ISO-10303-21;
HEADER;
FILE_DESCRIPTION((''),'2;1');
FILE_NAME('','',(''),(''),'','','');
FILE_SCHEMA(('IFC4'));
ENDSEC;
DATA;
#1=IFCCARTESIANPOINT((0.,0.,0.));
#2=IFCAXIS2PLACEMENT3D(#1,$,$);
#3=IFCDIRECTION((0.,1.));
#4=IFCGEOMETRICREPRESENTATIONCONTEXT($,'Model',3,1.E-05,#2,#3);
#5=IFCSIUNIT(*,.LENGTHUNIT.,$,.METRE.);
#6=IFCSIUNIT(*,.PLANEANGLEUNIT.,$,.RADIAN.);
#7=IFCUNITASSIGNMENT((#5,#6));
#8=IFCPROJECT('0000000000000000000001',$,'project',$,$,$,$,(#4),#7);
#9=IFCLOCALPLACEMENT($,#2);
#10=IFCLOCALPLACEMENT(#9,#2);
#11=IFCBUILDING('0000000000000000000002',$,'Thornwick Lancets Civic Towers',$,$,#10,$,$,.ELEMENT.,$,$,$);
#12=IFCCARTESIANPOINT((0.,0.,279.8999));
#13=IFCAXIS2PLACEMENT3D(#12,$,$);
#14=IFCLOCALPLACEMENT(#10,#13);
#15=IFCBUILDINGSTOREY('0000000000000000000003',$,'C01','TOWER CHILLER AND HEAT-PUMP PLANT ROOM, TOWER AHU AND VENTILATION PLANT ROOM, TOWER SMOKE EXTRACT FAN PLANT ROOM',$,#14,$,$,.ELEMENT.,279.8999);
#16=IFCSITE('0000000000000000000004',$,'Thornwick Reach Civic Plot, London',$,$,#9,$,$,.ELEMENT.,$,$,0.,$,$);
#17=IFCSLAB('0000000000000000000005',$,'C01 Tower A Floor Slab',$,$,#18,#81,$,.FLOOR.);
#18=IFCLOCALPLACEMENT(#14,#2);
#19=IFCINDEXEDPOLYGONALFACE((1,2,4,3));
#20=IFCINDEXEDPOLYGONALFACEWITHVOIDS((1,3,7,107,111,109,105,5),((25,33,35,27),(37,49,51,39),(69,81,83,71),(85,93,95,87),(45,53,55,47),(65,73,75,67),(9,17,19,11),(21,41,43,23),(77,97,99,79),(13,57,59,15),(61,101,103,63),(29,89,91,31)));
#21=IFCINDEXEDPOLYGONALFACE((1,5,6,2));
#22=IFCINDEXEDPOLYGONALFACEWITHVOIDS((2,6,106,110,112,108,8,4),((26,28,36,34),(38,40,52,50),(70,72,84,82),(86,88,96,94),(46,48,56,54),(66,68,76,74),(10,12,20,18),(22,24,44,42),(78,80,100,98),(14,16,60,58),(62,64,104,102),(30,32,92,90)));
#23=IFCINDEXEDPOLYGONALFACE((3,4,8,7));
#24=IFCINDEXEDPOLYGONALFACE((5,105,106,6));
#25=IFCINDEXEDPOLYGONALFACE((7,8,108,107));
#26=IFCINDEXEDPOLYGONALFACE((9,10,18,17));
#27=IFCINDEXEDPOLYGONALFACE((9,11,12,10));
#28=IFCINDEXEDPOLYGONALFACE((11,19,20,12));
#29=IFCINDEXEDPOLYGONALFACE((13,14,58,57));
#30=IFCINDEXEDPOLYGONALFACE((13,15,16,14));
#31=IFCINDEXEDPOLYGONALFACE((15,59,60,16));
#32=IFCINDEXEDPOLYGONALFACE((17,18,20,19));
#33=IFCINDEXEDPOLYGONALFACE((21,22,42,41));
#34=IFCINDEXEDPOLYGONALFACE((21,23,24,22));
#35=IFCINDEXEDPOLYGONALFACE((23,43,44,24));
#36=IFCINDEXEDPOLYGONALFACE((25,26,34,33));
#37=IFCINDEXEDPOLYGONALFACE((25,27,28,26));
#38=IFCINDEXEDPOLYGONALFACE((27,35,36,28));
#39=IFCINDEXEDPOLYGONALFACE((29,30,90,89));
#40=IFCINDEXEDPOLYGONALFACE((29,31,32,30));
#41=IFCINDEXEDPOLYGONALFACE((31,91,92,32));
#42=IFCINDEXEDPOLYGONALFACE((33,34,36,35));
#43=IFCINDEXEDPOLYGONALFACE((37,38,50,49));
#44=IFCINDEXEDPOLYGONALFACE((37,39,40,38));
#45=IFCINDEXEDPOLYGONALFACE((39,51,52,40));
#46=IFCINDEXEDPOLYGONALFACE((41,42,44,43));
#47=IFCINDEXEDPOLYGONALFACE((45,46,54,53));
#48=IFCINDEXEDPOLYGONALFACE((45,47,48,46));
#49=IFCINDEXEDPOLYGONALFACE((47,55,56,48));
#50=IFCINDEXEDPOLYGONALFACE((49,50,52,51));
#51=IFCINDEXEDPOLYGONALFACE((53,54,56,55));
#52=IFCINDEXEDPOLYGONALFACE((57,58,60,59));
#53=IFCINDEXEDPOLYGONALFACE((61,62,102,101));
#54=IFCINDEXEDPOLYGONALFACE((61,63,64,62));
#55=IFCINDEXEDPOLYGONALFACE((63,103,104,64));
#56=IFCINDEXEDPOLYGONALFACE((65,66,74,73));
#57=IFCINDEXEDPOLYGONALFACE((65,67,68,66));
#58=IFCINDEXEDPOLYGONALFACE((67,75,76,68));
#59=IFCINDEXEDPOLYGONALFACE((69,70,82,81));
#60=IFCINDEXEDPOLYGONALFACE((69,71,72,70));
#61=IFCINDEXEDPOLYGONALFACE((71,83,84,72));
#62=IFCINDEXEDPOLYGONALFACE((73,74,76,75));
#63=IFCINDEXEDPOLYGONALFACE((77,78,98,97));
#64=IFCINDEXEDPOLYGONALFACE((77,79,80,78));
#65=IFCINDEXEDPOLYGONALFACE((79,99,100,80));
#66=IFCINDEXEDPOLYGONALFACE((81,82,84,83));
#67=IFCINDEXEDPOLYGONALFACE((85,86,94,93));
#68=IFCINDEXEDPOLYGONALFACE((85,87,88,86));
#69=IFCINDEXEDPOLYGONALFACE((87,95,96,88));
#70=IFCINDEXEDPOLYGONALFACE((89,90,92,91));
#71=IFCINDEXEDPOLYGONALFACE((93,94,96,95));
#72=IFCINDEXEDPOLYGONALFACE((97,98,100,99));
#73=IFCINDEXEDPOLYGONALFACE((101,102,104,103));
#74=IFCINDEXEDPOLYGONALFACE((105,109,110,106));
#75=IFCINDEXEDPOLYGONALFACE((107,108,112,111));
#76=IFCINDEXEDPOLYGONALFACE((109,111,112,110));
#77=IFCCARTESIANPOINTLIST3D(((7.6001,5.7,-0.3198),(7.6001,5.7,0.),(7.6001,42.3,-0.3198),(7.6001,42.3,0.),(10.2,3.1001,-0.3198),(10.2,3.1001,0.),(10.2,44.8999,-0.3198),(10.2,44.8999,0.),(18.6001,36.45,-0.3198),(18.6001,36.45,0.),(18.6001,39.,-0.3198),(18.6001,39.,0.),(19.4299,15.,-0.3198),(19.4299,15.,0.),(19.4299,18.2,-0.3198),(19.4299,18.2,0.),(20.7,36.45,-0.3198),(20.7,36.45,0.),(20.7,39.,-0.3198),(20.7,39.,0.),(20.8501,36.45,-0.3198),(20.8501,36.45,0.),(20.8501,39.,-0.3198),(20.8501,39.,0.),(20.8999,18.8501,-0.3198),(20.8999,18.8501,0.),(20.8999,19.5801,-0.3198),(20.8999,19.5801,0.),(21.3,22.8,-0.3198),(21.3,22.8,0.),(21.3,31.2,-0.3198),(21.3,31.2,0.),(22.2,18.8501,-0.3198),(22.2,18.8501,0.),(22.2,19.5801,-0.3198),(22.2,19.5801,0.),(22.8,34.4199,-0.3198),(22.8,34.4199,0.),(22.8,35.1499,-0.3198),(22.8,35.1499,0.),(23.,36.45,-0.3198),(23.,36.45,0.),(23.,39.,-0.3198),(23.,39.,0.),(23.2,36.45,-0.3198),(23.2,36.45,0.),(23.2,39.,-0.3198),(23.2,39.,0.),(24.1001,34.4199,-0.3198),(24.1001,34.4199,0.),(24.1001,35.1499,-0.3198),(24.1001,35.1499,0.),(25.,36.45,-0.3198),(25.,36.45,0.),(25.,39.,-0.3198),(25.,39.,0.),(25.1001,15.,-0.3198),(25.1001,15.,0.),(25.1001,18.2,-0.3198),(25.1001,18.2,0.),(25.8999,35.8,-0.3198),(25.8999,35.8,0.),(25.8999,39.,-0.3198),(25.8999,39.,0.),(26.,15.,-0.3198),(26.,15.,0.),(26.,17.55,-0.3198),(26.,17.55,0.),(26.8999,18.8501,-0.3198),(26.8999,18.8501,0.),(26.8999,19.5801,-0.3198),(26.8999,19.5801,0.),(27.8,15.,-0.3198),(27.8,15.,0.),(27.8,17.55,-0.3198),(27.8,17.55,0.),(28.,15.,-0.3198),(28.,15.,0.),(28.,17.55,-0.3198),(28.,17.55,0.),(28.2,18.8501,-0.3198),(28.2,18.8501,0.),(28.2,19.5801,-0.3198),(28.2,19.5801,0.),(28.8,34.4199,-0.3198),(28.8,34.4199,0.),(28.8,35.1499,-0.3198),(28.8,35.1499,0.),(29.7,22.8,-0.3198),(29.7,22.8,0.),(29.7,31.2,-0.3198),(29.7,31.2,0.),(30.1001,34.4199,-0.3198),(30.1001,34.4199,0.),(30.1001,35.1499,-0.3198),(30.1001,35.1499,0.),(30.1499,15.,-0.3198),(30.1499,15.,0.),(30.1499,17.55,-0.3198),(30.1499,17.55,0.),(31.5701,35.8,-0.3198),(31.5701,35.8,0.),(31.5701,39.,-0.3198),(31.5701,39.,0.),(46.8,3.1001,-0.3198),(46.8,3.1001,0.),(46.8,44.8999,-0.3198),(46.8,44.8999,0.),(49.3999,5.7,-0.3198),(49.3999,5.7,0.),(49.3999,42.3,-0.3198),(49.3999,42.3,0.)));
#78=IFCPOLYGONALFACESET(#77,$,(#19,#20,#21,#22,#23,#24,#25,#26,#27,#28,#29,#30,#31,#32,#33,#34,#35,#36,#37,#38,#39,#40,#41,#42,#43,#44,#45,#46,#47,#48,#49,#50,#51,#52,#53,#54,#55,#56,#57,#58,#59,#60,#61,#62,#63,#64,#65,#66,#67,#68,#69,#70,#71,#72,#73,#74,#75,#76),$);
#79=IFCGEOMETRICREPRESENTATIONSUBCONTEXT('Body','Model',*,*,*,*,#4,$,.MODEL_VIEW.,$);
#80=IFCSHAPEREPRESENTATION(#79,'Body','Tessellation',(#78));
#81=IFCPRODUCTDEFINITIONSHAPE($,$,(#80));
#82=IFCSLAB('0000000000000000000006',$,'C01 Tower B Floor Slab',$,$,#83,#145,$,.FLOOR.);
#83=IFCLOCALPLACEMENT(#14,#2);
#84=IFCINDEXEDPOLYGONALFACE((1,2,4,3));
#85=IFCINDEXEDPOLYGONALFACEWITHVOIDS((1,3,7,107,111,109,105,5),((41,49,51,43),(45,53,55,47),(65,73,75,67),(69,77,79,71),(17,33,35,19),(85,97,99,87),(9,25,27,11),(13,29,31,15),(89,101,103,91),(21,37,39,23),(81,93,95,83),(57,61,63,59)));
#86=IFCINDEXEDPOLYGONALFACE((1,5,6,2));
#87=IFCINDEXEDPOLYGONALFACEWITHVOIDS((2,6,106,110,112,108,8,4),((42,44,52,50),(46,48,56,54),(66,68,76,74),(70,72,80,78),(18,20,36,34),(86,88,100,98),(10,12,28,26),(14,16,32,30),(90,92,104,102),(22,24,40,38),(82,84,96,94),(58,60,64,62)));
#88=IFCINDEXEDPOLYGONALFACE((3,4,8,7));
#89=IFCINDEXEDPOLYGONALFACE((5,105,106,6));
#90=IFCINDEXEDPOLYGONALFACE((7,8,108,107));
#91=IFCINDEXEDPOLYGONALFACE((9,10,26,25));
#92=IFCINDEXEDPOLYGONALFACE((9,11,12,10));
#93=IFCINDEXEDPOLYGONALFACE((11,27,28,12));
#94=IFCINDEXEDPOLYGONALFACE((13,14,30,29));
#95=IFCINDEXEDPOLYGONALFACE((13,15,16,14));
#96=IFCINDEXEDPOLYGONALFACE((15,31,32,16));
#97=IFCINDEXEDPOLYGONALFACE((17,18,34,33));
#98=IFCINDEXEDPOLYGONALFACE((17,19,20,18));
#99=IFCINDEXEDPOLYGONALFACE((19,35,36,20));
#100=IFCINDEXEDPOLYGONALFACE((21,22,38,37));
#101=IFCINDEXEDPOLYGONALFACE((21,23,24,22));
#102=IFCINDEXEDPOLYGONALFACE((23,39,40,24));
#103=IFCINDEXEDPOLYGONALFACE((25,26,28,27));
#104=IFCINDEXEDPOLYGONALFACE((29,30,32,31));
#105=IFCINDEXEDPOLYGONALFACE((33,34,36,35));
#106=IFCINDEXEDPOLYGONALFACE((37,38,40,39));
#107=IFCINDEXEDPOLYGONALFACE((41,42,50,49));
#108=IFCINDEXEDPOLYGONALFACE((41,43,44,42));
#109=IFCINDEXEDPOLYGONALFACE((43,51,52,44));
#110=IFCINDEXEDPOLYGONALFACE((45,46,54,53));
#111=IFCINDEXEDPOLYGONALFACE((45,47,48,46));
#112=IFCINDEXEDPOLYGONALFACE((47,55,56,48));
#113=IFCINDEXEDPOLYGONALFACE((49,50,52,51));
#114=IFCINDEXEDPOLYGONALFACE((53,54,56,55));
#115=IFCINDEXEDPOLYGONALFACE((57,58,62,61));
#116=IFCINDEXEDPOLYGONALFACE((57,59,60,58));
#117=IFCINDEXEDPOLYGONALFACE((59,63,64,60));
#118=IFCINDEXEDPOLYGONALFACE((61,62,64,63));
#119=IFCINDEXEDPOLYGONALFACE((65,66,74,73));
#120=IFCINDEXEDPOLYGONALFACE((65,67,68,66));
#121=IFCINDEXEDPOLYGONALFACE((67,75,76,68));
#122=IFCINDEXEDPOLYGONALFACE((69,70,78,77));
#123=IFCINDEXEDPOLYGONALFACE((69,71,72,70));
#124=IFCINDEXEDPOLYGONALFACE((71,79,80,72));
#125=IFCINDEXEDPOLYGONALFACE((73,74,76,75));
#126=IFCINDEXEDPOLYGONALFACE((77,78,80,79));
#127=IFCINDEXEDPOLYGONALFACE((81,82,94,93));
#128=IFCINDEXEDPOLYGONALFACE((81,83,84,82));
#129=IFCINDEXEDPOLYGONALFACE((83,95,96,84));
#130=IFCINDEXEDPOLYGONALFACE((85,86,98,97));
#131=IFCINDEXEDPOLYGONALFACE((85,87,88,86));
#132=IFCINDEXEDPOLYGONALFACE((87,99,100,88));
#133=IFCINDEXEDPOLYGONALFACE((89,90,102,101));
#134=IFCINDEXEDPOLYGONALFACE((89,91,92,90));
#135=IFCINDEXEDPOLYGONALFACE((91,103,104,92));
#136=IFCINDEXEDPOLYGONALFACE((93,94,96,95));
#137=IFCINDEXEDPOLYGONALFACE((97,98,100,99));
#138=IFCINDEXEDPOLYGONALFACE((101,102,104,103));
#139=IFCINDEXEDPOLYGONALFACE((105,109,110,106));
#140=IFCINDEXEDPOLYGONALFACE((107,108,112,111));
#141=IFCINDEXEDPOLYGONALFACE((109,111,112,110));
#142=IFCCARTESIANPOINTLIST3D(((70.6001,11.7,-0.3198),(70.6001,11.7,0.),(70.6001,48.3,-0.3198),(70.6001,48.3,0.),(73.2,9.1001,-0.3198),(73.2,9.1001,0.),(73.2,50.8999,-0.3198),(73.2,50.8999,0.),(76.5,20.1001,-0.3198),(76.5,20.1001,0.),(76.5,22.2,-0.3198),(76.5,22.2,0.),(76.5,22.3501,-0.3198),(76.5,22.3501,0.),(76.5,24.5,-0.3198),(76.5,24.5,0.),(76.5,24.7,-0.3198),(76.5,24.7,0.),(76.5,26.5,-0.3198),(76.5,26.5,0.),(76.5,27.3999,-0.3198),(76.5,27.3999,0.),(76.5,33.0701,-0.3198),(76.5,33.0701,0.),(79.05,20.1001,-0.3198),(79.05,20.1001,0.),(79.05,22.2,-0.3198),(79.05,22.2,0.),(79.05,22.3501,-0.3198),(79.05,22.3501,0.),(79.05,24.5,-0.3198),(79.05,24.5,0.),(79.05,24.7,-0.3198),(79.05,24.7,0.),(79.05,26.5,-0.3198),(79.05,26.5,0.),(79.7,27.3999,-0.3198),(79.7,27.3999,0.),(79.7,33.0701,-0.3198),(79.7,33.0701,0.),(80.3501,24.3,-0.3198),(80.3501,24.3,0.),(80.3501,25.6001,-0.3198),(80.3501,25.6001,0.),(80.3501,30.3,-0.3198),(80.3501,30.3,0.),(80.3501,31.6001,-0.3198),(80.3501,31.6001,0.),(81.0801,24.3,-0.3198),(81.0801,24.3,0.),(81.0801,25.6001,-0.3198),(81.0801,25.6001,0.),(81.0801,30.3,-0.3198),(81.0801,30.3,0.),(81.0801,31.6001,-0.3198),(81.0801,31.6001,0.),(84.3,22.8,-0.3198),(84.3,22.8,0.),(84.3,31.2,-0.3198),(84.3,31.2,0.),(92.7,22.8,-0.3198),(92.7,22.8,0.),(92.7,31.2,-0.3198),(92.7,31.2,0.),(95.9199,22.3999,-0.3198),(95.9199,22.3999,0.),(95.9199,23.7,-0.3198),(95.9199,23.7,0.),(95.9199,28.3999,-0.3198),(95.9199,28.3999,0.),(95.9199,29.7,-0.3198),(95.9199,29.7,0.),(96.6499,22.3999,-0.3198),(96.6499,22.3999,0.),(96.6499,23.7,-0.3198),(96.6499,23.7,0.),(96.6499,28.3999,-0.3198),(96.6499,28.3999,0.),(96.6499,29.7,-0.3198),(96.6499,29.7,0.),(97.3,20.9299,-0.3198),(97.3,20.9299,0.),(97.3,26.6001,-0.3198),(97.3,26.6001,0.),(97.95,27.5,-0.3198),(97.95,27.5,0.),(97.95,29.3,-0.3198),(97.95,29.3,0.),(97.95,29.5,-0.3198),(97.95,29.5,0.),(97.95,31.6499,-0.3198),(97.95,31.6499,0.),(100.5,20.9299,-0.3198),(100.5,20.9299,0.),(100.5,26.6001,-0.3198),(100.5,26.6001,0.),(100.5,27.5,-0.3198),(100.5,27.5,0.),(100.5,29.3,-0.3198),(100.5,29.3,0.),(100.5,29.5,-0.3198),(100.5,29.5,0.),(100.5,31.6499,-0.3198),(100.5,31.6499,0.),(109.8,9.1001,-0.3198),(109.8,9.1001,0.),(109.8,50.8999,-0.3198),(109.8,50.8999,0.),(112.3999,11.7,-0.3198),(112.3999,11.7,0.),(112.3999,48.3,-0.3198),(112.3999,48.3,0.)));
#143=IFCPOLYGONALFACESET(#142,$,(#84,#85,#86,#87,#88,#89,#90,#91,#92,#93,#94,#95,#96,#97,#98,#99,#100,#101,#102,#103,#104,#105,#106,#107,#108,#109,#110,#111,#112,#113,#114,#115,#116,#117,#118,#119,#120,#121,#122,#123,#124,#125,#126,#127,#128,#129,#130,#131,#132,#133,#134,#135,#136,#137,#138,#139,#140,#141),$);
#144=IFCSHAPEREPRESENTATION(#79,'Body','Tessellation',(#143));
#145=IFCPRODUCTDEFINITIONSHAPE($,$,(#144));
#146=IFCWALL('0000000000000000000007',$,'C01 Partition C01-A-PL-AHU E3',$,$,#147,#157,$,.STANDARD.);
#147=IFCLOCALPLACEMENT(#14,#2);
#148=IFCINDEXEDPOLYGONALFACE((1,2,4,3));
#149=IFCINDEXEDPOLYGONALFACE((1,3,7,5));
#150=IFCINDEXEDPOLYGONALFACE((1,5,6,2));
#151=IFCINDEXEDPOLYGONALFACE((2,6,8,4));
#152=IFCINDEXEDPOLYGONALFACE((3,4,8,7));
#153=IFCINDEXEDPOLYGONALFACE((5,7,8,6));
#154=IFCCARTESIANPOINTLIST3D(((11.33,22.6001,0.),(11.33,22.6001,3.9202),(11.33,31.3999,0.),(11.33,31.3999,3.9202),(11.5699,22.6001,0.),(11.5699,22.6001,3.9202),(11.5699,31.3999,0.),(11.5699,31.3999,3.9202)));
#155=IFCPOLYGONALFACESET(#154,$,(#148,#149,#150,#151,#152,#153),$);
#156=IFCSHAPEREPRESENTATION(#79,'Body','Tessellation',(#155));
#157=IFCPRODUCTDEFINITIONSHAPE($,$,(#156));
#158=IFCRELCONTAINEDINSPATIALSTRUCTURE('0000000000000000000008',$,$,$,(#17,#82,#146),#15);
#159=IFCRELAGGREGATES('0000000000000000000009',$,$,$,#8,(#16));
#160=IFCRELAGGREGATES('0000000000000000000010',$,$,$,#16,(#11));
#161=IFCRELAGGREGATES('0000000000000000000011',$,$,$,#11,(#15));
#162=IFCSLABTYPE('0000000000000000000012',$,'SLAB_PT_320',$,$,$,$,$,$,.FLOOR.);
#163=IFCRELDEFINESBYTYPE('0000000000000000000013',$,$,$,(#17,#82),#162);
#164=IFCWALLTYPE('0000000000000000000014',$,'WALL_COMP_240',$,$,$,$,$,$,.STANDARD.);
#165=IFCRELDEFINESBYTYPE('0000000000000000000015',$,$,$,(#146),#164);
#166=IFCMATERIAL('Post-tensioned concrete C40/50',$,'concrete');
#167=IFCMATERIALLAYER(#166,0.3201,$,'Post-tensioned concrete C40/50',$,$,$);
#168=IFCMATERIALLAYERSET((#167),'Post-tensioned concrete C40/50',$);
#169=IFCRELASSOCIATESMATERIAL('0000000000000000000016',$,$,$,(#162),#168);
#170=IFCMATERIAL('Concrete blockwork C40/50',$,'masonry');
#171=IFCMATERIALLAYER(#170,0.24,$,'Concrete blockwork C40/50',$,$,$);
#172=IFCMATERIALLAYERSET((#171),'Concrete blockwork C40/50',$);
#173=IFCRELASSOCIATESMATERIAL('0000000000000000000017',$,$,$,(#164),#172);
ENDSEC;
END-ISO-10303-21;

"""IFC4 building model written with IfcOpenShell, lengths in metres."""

from ifc_helpers import new_model, si_unit, direction, frame, frame_2d, origin, place, context, subcontext, project, spatial, polyline, rectangle, outline, extrude, material, layer, layer_set, type_object, element, save


model = new_model("IFC4")

# Units and contexts
model_context = context("Model", 3, precision=1e-05, world=origin(), true_north=direction((0.0, 1.0)))
body_context = subcontext(model_context, "Body", "Model", "MODEL_VIEW")
ifc_project = project(units=[si_unit("LENGTHUNIT", "METRE"), si_unit("PLANEANGLEUNIT", "RADIAN")], contexts=[model_context])

# Site, building, storey
site_placement = place(None, origin())
site = spatial("IfcSite", under=ifc_project, at=site_placement, Name="Thornwick Reach Civic Plot, London", CompositionType="ELEMENT", RefElevation=0.0)
building_placement = place(site_placement, origin())
building = spatial("IfcBuilding", under=site, at=building_placement, Name="Thornwick Lancets Civic Towers", CompositionType="ELEMENT")
storey_placement = place(building_placement, frame((0.0, 0.0, 279.8999)))
storey = spatial("IfcBuildingStorey", under=building, at=storey_placement, Name="C01", Description="TOWER CHILLER AND HEAT-PUMP PLANT ROOM, TOWER AHU AND VENTILATION PLANT ROOM, TOWER SMOKE EXTRACT FAN PLANT ROOM", CompositionType="ELEMENT", Elevation=279.8999)

# Slabs
ifc_material_1 = material(Name="Post-tensioned concrete C40/50", Category="concrete")
ifc_layer_1 = layer(ifc_material_1, 0.3201, Name="Post-tensioned concrete C40/50")
ifc_layer_set_1 = layer_set([ifc_layer_1], Name="Post-tensioned concrete C40/50")
slab_type = type_object("IfcSlabType", Name="SLAB_PT_320", PredefinedType="FLOOR", material=ifc_layer_set_1)
slab_1_placement = place(storey_placement, frame((0.0, 0.0, -0.3198)))
element("IfcSlab", 1, at=slab_1_placement, inside=storey, type_object=slab_type, Name="C01 Tower A Floor Slab", PredefinedType="FLOOR", context=body_context, shape_type="SweptSolid", body=[
    extrude(outline(polyline([(10.2, 3.1001), (46.8, 3.1001), (49.3999, 5.7), (49.3999, 42.3), (46.8, 44.8999), (10.2, 44.8999), (7.6001, 42.3), (7.6001, 5.7), (10.2, 3.1001)]), holes=[polyline([(21.3, 22.8), (29.7, 22.8), (29.7, 31.2), (21.3, 31.2), (21.3, 22.8)]), polyline([(19.4299, 15.0), (25.1001, 15.0), (25.1001, 18.2), (19.4299, 18.2), (19.4299, 15.0)]), polyline([(31.5701, 39.0), (25.8999, 39.0), (25.8999, 35.8), (31.5701, 35.8), (31.5701, 39.0)]), polyline([(26.0, 15.0), (27.8, 15.0), (27.8, 17.55), (26.0, 17.55), (26.0, 15.0)]), polyline([(28.0, 15.0), (30.1499, 15.0), (30.1499, 17.55), (28.0, 17.55), (28.0, 15.0)]), polyline([(23.2, 36.45), (25.0, 36.45), (25.0, 39.0), (23.2, 39.0), (23.2, 36.45)]), polyline([(20.8501, 36.45), (23.0, 36.45), (23.0, 39.0), (20.8501, 39.0), (20.8501, 36.45)]), polyline([(18.6001, 36.45), (20.7, 36.45), (20.7, 39.0), (18.6001, 39.0), (18.6001, 36.45)]), polyline([(26.8999, 18.8501), (28.2, 18.8501), (28.2, 19.5801), (26.8999, 19.5801), (26.8999, 18.8501)]), polyline([(20.8999, 18.8501), (22.2, 18.8501), (22.2, 19.5801), (20.8999, 19.5801), (20.8999, 18.8501)]), polyline([(22.8, 34.4199), (24.1001, 34.4199), (24.1001, 35.1499), (22.8, 35.1499), (22.8, 34.4199)]), polyline([(28.8, 34.4199), (30.1001, 34.4199), (30.1001, 35.1499), (28.8, 35.1499), (28.8, 34.4199)])]), origin(), (0.0, 0.0, 1.0), 0.3198),
])
slab_2_placement = place(storey_placement, frame((0.0, 0.0, -0.3198)))
element("IfcSlab", 2, at=slab_2_placement, inside=storey, type_object=slab_type, Name="C01 Tower B Floor Slab", PredefinedType="FLOOR", context=body_context, shape_type="SweptSolid", body=[
    extrude(outline(polyline([(73.2, 9.1001), (109.8, 9.1001), (112.3999, 11.7), (112.3999, 48.3), (109.8, 50.8999), (73.2, 50.8999), (70.6001, 48.3), (70.6001, 11.7), (73.2, 9.1001)]), holes=[polyline([(84.3, 22.8), (92.7, 22.8), (92.7, 31.2), (84.3, 31.2), (84.3, 22.8)]), polyline([(100.5, 20.9299), (100.5, 26.6001), (97.3, 26.6001), (97.3, 20.9299), (100.5, 20.9299)]), polyline([(76.5, 33.0701), (76.5, 27.3999), (79.7, 27.3999), (79.7, 33.0701), (76.5, 33.0701)]), polyline([(97.95, 27.5), (100.5, 27.5), (100.5, 29.3), (97.95, 29.3), (97.95, 27.5)]), polyline([(97.95, 29.5), (100.5, 29.5), (100.5, 31.6499), (97.95, 31.6499), (97.95, 29.5)]), polyline([(76.5, 24.7), (79.05, 24.7), (79.05, 26.5), (76.5, 26.5), (76.5, 24.7)]), polyline([(76.5, 22.3501), (79.05, 22.3501), (79.05, 24.5), (76.5, 24.5), (76.5, 22.3501)]), polyline([(76.5, 20.1001), (79.05, 20.1001), (79.05, 22.2), (76.5, 22.2), (76.5, 20.1001)]), polyline([(95.9199, 28.3999), (96.6499, 28.3999), (96.6499, 29.7), (95.9199, 29.7), (95.9199, 28.3999)]), polyline([(95.9199, 22.3999), (96.6499, 22.3999), (96.6499, 23.7), (95.9199, 23.7), (95.9199, 22.3999)]), polyline([(80.3501, 24.3), (81.0801, 24.3), (81.0801, 25.6001), (80.3501, 25.6001), (80.3501, 24.3)]), polyline([(80.3501, 30.3), (81.0801, 30.3), (81.0801, 31.6001), (80.3501, 31.6001), (80.3501, 30.3)])]), origin(), (0.0, 0.0, 1.0), 0.3198),
])

# Wall
ifc_material_2 = material(Name="Concrete blockwork C40/50", Category="masonry")
ifc_layer_2 = layer(ifc_material_2, 0.24, Name="Concrete blockwork C40/50")
ifc_layer_set_2 = layer_set([ifc_layer_2], Name="Concrete blockwork C40/50")
wall_type = type_object("IfcWallType", Name="WALL_COMP_240", PredefinedType="STANDARD", material=ifc_layer_set_2)
wall_placement = place(storey_placement, frame((11.45, 22.6001, 0.0), z_axis=(0.0, 0.0, 1.0), x_axis=(0.0, 1.0, 0.0)))
element("IfcWall", 3, at=wall_placement, inside=storey, type_object=wall_type, Name="C01 Partition C01-A-PL-AHU E3", PredefinedType="STANDARD", context=body_context, shape_type="SweptSolid", body=[
    extrude(rectangle(XDim=8.7998, YDim=0.24, at=frame_2d((4.3999, 0.0))), origin(), (0.0, 0.0, 1.0), 3.9202),
])

save(model, "model.ifc")
